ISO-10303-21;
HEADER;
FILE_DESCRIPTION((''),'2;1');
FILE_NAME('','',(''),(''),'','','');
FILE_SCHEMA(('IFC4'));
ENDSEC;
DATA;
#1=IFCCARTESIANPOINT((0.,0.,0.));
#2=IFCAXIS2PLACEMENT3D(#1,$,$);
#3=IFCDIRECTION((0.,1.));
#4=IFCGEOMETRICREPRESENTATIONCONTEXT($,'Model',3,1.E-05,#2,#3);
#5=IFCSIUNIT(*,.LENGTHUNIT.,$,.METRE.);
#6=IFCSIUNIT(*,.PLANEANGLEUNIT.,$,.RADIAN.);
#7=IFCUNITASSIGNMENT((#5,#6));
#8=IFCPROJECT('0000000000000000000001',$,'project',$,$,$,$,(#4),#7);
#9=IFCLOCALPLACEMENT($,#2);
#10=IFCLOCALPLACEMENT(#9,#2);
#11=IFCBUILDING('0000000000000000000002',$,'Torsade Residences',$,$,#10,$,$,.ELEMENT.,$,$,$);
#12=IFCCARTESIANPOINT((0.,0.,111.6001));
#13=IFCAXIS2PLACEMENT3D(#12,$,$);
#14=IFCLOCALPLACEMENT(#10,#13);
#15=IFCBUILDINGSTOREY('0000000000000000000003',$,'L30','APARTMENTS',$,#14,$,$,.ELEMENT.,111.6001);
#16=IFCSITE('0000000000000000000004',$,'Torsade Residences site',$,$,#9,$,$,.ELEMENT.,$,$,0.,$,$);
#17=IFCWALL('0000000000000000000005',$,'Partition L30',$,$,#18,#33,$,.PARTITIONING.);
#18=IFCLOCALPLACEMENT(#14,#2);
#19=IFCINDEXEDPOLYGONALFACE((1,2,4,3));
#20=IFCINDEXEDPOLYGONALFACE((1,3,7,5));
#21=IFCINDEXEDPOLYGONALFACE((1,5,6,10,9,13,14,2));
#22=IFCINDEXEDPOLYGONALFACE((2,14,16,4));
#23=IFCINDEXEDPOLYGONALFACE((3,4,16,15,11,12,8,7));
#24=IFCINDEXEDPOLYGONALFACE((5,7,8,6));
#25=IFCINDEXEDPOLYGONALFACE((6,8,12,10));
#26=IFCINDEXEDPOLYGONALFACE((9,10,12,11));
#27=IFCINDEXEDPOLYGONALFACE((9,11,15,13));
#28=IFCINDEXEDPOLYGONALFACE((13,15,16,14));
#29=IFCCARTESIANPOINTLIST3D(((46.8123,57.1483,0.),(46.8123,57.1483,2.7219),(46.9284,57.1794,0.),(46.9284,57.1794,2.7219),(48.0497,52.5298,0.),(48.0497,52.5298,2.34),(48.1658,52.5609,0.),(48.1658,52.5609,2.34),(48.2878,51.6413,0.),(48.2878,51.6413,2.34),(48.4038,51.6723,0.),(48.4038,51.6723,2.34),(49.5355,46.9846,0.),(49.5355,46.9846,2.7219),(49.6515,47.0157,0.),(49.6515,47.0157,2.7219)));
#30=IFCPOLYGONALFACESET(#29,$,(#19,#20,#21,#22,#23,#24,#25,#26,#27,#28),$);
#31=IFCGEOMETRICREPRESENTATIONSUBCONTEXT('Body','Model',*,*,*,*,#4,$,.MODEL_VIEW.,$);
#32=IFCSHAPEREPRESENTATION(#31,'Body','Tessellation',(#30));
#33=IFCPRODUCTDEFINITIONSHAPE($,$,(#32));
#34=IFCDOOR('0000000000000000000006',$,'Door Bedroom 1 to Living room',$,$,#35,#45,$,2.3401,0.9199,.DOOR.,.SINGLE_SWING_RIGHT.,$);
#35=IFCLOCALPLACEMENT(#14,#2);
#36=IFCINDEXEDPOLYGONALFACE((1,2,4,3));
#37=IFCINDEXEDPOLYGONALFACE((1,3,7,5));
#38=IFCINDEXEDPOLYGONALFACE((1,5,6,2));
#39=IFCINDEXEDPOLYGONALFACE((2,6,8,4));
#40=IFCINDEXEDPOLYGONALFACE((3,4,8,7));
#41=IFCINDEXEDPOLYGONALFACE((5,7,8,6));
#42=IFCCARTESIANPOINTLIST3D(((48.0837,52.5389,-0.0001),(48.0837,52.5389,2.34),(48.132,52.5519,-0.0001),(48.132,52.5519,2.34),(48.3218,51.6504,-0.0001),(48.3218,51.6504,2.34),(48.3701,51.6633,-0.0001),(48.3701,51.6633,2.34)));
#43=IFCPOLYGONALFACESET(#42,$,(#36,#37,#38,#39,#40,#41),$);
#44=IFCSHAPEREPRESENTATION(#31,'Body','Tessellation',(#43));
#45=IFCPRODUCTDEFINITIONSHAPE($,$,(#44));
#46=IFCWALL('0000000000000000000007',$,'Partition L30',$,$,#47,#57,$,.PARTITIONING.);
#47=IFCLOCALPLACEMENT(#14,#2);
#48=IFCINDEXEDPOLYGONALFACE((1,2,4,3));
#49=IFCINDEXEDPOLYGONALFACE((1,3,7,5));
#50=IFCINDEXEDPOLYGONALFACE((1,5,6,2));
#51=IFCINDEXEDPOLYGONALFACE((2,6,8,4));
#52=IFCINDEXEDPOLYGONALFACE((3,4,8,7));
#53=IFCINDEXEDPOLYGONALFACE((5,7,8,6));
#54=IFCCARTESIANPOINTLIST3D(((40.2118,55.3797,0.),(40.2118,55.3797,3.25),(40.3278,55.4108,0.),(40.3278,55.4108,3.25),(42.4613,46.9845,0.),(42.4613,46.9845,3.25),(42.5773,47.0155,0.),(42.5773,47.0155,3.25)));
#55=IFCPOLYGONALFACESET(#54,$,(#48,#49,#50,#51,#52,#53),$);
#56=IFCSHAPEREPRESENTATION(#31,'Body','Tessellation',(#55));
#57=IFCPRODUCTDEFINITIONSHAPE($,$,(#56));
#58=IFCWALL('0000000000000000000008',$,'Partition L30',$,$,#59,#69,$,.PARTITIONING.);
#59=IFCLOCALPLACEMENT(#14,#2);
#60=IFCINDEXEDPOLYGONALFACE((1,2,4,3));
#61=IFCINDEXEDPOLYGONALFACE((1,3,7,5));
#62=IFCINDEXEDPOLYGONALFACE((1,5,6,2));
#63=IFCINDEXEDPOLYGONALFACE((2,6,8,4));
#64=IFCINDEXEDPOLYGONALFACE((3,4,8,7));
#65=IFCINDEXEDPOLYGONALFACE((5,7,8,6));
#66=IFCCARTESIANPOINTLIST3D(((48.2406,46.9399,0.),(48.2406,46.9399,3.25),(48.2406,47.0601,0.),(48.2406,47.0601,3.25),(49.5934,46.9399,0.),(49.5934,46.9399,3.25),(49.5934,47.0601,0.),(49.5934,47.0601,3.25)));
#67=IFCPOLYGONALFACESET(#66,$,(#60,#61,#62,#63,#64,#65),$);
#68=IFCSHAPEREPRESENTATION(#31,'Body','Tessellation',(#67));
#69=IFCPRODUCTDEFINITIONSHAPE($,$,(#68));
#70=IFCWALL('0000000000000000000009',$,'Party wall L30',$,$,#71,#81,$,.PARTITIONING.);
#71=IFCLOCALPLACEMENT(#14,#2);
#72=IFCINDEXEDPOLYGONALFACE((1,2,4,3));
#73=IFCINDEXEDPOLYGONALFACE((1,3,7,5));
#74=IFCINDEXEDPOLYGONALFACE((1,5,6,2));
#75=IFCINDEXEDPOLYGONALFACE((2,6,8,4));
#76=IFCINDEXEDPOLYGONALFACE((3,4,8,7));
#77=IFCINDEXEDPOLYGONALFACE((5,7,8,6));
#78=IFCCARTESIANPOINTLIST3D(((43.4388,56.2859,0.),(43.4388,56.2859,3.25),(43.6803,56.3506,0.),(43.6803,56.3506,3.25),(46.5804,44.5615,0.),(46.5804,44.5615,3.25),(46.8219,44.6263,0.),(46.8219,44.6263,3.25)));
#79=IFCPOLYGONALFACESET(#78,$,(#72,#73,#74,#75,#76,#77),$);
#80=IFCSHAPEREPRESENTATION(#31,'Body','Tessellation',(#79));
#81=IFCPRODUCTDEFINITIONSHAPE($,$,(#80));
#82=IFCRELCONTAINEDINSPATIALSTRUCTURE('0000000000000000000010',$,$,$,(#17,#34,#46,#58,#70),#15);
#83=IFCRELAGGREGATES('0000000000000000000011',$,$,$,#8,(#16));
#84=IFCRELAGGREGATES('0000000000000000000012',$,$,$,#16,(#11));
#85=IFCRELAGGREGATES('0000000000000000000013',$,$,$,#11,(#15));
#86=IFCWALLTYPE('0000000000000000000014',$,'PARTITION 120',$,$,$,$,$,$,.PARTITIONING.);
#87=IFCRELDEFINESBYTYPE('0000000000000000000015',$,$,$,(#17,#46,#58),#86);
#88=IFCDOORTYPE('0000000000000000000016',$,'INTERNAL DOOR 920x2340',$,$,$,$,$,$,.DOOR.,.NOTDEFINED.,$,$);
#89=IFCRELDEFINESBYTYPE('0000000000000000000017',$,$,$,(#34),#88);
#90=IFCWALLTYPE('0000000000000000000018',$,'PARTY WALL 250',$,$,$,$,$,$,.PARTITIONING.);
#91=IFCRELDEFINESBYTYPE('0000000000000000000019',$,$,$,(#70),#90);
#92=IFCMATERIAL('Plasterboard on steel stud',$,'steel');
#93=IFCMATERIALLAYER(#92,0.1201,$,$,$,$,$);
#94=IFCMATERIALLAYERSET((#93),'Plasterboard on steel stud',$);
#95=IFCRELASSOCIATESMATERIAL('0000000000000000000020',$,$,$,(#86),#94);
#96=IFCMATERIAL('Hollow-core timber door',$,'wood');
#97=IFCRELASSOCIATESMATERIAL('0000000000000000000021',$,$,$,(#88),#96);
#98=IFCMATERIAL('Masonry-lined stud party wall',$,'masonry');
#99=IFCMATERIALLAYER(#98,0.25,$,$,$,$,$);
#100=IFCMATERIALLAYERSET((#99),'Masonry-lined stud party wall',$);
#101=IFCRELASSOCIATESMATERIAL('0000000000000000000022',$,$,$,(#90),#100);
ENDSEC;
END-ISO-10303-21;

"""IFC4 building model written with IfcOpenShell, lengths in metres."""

from ifc_helpers import new_model, si_unit, direction, frame, frame_2d, origin, place, context, subcontext, project, spatial, rectangle, extrude, material, layer, layer_set, type_object, element, fill, save


model = new_model("IFC4")

# Units and contexts
model_context = context("Model", 3, precision=1e-05, world=origin(), true_north=direction((0.0, 1.0)))
body_context = subcontext(model_context, "Body", "Model", "MODEL_VIEW")
ifc_project = project(units=[si_unit("LENGTHUNIT", "METRE"), si_unit("PLANEANGLEUNIT", "RADIAN")], contexts=[model_context])

# Site, building, storey
site_placement = place(None, origin())
site = spatial("IfcSite", under=ifc_project, at=site_placement, Name="Torsade Residences site", CompositionType="ELEMENT", RefElevation=0.0)
building_placement = place(site_placement, origin())
building = spatial("IfcBuilding", under=site, at=building_placement, Name="Torsade Residences", CompositionType="ELEMENT")
storey_placement = place(building_placement, frame((0.0, 0.0, 111.6001)))
storey = spatial("IfcBuildingStorey", under=building, at=storey_placement, Name="L30", Description="APARTMENTS", CompositionType="ELEMENT", Elevation=111.6001)

# Wall, opening, door
ifc_material_1 = material(Name="Plasterboard on steel stud", Category="steel")
ifc_layer_1 = layer(ifc_material_1, 0.1201)
ifc_layer_set_1 = layer_set([ifc_layer_1], Name="Plasterboard on steel stud")
wall_type_1 = type_object("IfcWallType", Name="PARTITION 120", PredefinedType="PARTITIONING", material=ifc_layer_set_1)
wall_1_placement = place(storey_placement, frame((49.5935, 47.0, 0.0), z_axis=(0.0, 0.0, 1.0), x_axis=(-0.258798, 0.965932, 0.0)))
wall_1 = element("IfcWall", 1, at=wall_1_placement, inside=storey, type_object=wall_type_1, Name="Partition L30", PredefinedType="PARTITIONING", context=body_context, shape_type="SweptSolid", body=[
    extrude(rectangle(XDim=10.5222, YDim=0.1201, at=frame_2d((5.2612, 0.0))), origin(), (0.0, 0.0, 1.0), 2.7219),
])
opening_1_placement = place(wall_1_placement, frame((4.821, 0.0, 0.0)))
opening_1 = element("IfcOpeningElement", 2, at=opening_1_placement, cuts=wall_1, PredefinedType="OPENING", context=body_context, shape_type="SweptSolid", body=[
    extrude(rectangle(XDim=0.9199, YDim=2.3401, at=frame_2d((0.46, 1.1699))), frame((0.0, 0.0701, 0.0), z_axis=(0.0, -1.0, 0.0), x_axis=(1.0, 0.0, 0.0)), (0.0, 0.0, 1.0), 0.1401),
])
ifc_material_2 = material(Name="Hollow-core timber door", Category="wood")
door_type_1 = type_object("IfcDoorType", Name="INTERNAL DOOR 920x2340", OperationType="NOTDEFINED", PredefinedType="DOOR", material=ifc_material_2)
door_1_placement = place(opening_1_placement, origin())
door_1 = element("IfcDoor", 3, at=door_1_placement, inside=storey, type_object=door_type_1, Name="Door Bedroom 1 to Living room", OperationType="SINGLE_SWING_RIGHT", OverallHeight=2.3401, OverallWidth=0.9199, PredefinedType="DOOR", context=body_context, shape_type="SweptSolid", body=[
    extrude(rectangle(XDim=0.9199, YDim=2.3401, at=frame_2d((0.46, 1.1699))), frame((0.0, 0.0249, 0.0), z_axis=(0.0, -1.0, 0.0), x_axis=(1.0, 0.0, 0.0)), (0.0, 0.0, 1.0), 0.05),
])
fill(opening_1, door_1)

# Walls
wall_2_placement = place(storey_placement, frame((42.5193, 47.0, 0.0), z_axis=(0.0, 0.0, 1.0), x_axis=(-0.25882, 0.965926, 0.0)))
element("IfcWall", 4, at=wall_2_placement, inside=storey, type_object=wall_type_1, Name="Partition L30", PredefinedType="PARTITIONING", context=body_context, shape_type="SweptSolid", body=[
    extrude(rectangle(XDim=8.6914, YDim=0.1201, at=frame_2d((4.3457, 0.0))), origin(), (0.0, 0.0, 1.0), 3.25),
])
wall_3_placement = place(storey_placement, frame((48.2407, 47.0, 0.0), z_axis=(0.0, 0.0, 1.0), x_axis=(1.0, 0.0, 0.0)))
element("IfcWall", 5, at=wall_3_placement, inside=storey, type_object=wall_type_1, Name="Partition L30", PredefinedType="PARTITIONING", context=body_context, shape_type="SweptSolid", body=[
    extrude(rectangle(XDim=1.3528, YDim=0.1201, at=frame_2d((0.6763, 0.0))), origin(), (0.0, 0.0, 1.0), 3.25),
])
ifc_material_3 = material(Name="Masonry-lined stud party wall", Category="masonry")
ifc_layer_2 = layer(ifc_material_3, 0.25)
ifc_layer_set_2 = layer_set([ifc_layer_2], Name="Masonry-lined stud party wall")
wall_type_2 = type_object("IfcWallType", Name="PARTY WALL 250", PredefinedType="PARTITIONING", material=ifc_layer_set_2)
wall_4_placement = place(storey_placement, frame((43.5596, 56.3181, 0.0), z_axis=(0.0, 0.0, 1.0), x_axis=(0.258824, -0.965924, 0.0)))
element("IfcWall", 6, at=wall_4_placement, inside=storey, type_object=wall_type_2, Name="Party wall L30", PredefinedType="PARTITIONING", context=body_context, shape_type="SweptSolid", body=[
    extrude(rectangle(XDim=12.1379, YDim=0.25, at=frame_2d((6.0688, 0.0))), origin(), (0.0, 0.0, 1.0), 3.25),
])

save(model, "model.ifc")
